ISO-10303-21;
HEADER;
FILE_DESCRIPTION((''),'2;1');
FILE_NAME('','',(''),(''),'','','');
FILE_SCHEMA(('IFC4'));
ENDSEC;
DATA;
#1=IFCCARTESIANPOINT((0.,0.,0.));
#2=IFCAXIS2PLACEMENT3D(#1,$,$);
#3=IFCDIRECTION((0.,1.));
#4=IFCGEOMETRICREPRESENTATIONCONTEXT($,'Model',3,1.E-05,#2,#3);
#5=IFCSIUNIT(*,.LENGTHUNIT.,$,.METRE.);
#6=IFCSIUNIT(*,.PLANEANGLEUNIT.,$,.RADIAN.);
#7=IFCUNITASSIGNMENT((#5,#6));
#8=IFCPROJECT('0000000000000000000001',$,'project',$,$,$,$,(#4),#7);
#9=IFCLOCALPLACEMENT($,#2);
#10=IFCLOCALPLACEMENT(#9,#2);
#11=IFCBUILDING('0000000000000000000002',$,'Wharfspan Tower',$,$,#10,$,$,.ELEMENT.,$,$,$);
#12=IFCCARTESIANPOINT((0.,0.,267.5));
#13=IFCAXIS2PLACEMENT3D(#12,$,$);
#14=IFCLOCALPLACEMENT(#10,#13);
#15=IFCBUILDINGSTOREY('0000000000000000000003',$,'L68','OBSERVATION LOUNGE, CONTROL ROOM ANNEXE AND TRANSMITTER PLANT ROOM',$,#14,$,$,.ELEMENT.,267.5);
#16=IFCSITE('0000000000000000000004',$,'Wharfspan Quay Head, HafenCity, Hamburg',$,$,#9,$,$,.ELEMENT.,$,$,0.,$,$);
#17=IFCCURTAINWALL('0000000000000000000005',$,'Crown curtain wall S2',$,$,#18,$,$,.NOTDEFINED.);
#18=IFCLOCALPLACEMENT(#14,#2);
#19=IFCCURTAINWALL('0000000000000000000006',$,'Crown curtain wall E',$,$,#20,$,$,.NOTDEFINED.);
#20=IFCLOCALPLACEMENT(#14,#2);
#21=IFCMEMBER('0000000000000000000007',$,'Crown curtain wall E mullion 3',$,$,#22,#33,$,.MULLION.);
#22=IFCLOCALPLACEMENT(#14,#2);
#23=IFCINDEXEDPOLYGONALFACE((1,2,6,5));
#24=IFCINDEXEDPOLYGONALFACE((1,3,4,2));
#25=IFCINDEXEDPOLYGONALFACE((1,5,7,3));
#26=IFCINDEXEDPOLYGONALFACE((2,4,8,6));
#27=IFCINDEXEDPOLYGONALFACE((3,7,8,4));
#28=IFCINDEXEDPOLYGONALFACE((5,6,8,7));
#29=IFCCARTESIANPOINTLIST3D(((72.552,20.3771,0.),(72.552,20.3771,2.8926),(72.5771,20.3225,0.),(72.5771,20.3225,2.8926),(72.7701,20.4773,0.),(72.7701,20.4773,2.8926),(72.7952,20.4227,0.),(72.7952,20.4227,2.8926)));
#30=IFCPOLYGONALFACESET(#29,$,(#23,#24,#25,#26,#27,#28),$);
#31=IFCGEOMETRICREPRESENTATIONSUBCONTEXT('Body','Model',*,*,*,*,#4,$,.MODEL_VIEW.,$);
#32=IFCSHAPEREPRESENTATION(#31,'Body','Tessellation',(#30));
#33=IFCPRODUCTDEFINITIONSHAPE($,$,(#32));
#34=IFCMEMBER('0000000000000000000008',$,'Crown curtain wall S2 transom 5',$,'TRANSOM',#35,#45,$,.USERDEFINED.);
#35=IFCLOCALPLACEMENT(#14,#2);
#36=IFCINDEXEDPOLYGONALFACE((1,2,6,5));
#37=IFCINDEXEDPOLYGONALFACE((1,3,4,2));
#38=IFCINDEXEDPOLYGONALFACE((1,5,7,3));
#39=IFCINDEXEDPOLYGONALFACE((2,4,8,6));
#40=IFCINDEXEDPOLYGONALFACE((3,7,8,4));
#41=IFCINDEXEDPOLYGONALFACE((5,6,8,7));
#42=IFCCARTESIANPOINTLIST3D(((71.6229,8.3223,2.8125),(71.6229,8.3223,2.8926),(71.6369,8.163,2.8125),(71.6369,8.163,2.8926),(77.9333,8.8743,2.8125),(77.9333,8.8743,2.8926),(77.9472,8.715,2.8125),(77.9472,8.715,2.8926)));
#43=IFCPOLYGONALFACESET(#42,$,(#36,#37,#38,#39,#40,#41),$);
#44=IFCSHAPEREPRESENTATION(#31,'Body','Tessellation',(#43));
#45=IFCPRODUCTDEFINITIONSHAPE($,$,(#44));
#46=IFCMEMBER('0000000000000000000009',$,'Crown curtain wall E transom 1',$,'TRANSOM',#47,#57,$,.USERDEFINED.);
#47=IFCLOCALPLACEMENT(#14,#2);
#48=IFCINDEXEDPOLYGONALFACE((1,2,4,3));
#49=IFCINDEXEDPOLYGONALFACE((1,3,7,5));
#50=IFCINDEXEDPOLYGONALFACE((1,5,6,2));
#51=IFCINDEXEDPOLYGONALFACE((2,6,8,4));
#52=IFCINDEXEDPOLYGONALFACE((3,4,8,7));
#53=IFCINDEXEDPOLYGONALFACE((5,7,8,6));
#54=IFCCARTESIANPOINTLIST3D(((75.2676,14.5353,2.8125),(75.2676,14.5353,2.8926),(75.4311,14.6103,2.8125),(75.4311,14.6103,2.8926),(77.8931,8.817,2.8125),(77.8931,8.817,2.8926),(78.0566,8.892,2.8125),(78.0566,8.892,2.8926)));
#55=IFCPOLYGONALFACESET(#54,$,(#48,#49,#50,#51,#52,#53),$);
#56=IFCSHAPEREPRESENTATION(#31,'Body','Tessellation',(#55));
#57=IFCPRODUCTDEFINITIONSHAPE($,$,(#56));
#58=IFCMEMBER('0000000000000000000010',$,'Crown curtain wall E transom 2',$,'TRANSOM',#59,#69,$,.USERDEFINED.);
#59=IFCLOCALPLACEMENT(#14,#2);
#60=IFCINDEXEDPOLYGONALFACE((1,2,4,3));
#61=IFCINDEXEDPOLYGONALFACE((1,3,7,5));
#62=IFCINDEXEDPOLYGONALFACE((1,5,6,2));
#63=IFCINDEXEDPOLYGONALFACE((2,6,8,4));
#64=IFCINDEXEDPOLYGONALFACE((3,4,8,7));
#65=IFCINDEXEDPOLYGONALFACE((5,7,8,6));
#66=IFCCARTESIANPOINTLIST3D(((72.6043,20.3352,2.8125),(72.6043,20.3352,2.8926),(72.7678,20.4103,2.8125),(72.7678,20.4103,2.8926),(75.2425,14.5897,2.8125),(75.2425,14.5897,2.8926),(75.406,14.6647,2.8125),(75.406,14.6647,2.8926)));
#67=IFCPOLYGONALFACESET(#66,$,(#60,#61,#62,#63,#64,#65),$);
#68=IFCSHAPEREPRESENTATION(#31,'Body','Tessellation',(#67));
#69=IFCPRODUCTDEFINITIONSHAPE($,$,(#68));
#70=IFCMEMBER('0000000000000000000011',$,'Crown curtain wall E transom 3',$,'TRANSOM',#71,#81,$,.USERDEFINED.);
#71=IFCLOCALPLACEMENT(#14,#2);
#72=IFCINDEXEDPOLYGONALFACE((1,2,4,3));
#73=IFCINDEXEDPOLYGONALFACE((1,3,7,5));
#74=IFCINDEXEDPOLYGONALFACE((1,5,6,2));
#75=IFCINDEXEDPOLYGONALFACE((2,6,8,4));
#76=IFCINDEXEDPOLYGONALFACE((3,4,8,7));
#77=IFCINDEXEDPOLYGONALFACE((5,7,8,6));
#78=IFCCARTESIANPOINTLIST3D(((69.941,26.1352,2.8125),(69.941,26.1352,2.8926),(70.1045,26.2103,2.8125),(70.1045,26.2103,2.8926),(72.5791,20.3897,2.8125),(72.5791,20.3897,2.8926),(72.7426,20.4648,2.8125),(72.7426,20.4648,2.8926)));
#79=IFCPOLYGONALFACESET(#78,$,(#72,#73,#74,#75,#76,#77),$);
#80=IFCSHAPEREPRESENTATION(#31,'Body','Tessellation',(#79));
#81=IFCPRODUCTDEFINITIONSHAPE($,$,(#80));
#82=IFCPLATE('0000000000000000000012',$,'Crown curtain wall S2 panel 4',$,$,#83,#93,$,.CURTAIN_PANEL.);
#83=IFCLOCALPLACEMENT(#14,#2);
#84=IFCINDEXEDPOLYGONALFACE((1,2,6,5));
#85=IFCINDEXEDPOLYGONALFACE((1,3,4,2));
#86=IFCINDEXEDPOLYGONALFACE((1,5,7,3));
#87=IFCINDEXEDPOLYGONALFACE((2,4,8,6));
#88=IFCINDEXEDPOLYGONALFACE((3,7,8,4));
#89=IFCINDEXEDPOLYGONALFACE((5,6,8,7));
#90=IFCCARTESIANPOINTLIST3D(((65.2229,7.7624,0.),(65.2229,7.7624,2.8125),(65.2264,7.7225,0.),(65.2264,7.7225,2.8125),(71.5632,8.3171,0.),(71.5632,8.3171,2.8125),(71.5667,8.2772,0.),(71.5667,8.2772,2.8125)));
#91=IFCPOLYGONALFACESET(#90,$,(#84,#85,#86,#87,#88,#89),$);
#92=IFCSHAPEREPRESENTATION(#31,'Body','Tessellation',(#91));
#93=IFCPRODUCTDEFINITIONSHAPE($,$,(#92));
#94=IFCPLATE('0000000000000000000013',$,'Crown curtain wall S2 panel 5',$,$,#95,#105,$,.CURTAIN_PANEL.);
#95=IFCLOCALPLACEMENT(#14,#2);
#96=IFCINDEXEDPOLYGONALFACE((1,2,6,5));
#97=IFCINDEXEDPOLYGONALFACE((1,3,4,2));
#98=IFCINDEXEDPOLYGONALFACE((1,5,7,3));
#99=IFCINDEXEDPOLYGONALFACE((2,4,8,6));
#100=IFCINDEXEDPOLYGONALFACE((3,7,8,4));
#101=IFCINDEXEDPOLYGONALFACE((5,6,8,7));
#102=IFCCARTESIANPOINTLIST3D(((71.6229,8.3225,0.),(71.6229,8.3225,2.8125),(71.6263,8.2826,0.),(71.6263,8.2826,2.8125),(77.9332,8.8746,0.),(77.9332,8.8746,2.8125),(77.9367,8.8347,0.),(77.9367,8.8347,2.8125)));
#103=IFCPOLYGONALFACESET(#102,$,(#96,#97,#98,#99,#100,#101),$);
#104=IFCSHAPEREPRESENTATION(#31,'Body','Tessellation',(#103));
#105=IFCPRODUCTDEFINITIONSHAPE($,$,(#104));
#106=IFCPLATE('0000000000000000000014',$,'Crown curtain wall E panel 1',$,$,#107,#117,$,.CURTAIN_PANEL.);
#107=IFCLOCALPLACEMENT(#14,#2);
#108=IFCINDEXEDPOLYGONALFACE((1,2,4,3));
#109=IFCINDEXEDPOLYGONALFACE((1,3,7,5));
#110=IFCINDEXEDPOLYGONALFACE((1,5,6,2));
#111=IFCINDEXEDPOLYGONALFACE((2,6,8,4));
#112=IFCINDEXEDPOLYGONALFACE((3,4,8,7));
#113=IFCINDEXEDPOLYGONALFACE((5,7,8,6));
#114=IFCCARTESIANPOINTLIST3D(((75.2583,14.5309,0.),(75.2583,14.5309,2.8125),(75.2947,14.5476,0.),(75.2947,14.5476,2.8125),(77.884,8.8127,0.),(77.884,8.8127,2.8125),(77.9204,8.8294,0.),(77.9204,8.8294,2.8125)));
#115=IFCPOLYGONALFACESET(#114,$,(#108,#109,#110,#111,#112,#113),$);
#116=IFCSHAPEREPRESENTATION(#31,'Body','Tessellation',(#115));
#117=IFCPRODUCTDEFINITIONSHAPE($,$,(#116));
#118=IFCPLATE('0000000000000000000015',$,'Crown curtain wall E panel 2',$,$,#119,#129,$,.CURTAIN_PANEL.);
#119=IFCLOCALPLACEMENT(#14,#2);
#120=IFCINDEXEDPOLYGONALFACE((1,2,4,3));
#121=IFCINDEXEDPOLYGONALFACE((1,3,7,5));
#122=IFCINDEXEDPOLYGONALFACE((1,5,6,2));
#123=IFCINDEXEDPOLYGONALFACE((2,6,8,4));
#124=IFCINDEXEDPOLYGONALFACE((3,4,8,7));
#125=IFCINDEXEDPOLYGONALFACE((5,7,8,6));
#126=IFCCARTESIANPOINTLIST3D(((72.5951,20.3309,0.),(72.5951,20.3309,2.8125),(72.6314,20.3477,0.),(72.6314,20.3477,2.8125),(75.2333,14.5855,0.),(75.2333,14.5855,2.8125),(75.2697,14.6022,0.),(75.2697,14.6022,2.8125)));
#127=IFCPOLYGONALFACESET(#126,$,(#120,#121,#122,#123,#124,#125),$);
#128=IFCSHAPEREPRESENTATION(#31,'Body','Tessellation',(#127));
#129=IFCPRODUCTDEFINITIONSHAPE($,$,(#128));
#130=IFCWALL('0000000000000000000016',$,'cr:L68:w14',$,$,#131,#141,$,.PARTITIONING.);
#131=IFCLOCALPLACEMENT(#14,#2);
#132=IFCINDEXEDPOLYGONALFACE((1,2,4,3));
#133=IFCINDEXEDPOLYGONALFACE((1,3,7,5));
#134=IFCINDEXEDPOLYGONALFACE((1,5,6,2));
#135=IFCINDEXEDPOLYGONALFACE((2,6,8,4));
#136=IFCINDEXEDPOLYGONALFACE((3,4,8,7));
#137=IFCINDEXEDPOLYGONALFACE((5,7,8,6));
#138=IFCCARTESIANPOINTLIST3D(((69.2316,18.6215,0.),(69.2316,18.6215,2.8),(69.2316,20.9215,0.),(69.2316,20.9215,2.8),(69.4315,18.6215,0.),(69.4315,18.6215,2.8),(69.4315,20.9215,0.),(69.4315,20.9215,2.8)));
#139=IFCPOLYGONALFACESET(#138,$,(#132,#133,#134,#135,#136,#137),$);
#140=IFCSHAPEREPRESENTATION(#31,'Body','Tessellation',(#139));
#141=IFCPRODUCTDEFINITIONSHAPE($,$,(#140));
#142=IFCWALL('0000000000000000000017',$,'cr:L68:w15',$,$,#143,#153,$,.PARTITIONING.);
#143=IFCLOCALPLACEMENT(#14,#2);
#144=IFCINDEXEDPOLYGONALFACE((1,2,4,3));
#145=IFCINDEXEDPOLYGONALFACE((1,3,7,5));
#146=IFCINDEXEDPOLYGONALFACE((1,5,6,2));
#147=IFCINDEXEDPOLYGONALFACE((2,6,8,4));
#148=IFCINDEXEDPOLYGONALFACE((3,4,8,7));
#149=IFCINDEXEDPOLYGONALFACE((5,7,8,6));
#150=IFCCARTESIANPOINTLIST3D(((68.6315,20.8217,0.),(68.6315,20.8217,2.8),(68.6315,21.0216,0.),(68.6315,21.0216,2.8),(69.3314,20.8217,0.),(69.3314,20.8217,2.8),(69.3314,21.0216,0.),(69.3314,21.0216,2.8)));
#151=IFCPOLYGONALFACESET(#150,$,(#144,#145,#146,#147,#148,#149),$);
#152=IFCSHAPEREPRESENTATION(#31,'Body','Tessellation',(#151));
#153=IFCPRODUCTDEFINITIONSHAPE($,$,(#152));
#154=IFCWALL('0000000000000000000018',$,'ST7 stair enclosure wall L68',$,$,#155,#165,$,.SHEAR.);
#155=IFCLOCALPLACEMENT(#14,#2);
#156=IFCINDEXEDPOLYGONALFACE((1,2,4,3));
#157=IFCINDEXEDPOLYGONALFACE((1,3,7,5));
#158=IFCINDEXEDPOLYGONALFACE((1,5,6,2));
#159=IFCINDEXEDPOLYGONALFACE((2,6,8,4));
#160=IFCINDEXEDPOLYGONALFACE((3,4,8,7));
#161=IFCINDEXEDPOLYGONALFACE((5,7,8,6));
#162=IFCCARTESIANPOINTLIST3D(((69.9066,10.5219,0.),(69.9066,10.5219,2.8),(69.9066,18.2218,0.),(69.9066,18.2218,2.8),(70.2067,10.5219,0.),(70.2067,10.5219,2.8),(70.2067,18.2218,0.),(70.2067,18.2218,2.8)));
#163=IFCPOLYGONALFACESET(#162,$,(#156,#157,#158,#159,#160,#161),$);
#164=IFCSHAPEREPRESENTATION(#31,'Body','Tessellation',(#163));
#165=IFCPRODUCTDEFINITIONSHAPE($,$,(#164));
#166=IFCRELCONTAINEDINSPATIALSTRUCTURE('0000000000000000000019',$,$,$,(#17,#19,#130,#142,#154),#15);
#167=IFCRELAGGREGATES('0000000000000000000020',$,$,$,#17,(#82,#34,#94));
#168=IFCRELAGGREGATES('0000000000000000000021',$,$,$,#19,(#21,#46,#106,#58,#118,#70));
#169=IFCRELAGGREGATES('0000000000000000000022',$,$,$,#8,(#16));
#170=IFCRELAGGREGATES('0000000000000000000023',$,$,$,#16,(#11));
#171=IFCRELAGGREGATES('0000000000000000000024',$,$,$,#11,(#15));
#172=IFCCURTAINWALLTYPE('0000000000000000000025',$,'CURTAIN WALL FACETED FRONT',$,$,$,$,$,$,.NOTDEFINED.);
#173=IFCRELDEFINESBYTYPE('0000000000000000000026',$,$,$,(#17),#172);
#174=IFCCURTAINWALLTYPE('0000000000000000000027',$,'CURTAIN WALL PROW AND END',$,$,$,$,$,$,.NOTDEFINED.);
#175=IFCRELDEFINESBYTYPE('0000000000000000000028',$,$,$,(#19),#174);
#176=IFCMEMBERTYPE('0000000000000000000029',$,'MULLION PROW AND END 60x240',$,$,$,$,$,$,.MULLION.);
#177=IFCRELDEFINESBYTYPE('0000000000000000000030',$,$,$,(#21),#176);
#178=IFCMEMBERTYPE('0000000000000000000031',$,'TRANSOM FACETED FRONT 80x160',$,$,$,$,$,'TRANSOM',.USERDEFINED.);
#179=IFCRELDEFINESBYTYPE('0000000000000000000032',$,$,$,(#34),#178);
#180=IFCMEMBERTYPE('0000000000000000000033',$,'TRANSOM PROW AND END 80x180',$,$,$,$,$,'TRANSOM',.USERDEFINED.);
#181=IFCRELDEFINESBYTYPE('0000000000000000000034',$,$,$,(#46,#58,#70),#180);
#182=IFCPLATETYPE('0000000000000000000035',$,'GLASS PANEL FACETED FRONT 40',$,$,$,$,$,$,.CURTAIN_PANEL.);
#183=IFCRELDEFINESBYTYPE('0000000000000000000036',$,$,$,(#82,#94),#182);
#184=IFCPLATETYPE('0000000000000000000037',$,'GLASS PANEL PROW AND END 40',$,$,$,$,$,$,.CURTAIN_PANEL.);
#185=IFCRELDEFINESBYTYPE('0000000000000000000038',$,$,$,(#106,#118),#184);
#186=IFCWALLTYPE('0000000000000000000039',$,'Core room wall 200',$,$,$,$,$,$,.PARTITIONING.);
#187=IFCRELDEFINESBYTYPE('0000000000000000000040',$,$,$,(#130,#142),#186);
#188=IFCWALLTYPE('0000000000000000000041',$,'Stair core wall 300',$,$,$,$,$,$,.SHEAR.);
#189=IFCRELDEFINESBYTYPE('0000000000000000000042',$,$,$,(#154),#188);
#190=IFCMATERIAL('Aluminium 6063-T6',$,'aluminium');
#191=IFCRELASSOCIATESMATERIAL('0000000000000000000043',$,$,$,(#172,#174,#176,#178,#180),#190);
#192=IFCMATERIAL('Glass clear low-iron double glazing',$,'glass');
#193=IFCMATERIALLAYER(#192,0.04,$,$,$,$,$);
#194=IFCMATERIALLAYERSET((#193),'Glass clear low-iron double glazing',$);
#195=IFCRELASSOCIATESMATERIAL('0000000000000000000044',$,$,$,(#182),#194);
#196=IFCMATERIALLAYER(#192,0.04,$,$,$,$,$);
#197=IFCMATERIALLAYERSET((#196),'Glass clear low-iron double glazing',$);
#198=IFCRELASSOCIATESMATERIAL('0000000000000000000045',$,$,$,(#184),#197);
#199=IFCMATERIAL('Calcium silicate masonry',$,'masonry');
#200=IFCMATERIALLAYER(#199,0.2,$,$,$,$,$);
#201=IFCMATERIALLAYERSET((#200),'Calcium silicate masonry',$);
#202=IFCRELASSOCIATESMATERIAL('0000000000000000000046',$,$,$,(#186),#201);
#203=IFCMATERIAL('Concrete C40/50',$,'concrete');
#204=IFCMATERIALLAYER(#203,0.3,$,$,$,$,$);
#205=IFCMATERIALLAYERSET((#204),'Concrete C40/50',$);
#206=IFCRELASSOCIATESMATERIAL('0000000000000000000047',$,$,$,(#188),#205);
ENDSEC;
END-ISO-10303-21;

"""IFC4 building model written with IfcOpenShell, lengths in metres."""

from ifc_helpers import new_model, si_unit, direction, frame, frame_2d, origin, origin_2d, place, context, subcontext, project, spatial, rectangle, extrude, material, layer, layer_set, material_profile, profile_set, type_object, element, aggregate, save


model = new_model("IFC4")

# Units and contexts
model_context = context("Model", 3, precision=1e-05, world=origin(), true_north=direction((0.0, 1.0)))
body_context = subcontext(model_context, "Body", "Model", "MODEL_VIEW")
ifc_project = project(units=[si_unit("LENGTHUNIT", "METRE"), si_unit("PLANEANGLEUNIT", "RADIAN")], contexts=[model_context])

# Site, building, storey
site_placement = place(None, origin())
site = spatial("IfcSite", under=ifc_project, at=site_placement, Name="Wharfspan Quay Head, HafenCity, Hamburg", CompositionType="ELEMENT", RefElevation=0.0)
building_placement = place(site_placement, origin())
building = spatial("IfcBuilding", under=site, at=building_placement, Name="Wharfspan Tower", CompositionType="ELEMENT")
storey_placement = place(building_placement, frame((0.0, 0.0, 267.5)))
storey = spatial("IfcBuildingStorey", under=building, at=storey_placement, Name="L68", Description="OBSERVATION LOUNGE, CONTROL ROOM ANNEXE AND TRANSMITTER PLANT ROOM", CompositionType="ELEMENT", Elevation=267.5)

# Curtain walls, member
ifc_material_1 = material(Name="Aluminium 6063-T6", Category="aluminium")
curtain_wall_type_1 = type_object("IfcCurtainWallType", Name="CURTAIN WALL FACETED FRONT", PredefinedType="NOTDEFINED", material=ifc_material_1)
curtain_wall_1_placement = place(storey_placement, origin())
curtain_wall_1 = element("IfcCurtainWall", 1, at=curtain_wall_1_placement, inside=storey, type_object=curtain_wall_type_1, Name="Crown curtain wall S2", PredefinedType="NOTDEFINED")
curtain_wall_type_2 = type_object("IfcCurtainWallType", Name="CURTAIN WALL PROW AND END", PredefinedType="NOTDEFINED", material=ifc_material_1)
curtain_wall_2_placement = place(storey_placement, origin())
curtain_wall_2 = element("IfcCurtainWall", 2, at=curtain_wall_2_placement, inside=storey, type_object=curtain_wall_type_2, Name="Crown curtain wall E", PredefinedType="NOTDEFINED")
ifc_material_profile_1 = material_profile(ifc_material_1, rectangle(XDim=0.24, YDim=0.0601, at=origin_2d()))
ifc_profile_set_1 = profile_set([ifc_material_profile_1], Name="Aluminium 6063-T6")
member_type_1 = type_object("IfcMemberType", Name="MULLION PROW AND END 60x240", PredefinedType="MULLION", material=ifc_profile_set_1)
member_1_placement = place(storey_placement, frame((72.6736, 20.3999, 0.0), z_axis=(0.0, 0.0, 1.0), x_axis=(-0.908769, -0.417292, 0.0)))
member_1 = element("IfcMember", 3, at=member_1_placement, type_object=member_type_1, Name="Crown curtain wall E mullion 3", PredefinedType="MULLION", context=body_context, shape_type="SweptSolid", body=[
    extrude(rectangle(XDim=0.24, YDim=0.0601, at=origin_2d()), origin(), (0.0, 0.0, 1.0), 2.8926),
])

# Members
ifc_material_profile_2 = material_profile(ifc_material_1, rectangle(XDim=0.1599, YDim=0.0801, at=origin_2d()))
ifc_profile_set_2 = profile_set([ifc_material_profile_2], Name="Aluminium 6063-T6")
member_type_2 = type_object("IfcMemberType", Name="TRANSOM FACETED FRONT 80x160", ElementType="TRANSOM", PredefinedType="USERDEFINED", material=ifc_profile_set_2)
member_2_placement = place(storey_placement, frame((71.6299, 8.2427, 2.8525), z_axis=(0.996196, 0.087144, 0.0), x_axis=(-0.087144, 0.996196, 0.0)))
member_2 = element("IfcMember", 4, at=member_2_placement, type_object=member_type_2, Name="Crown curtain wall S2 transom 5", ObjectType="TRANSOM", PredefinedType="USERDEFINED", context=body_context, shape_type="SweptSolid", body=[
    extrude(rectangle(XDim=0.1599, YDim=0.0801, at=origin_2d()), origin(), (0.0, 0.0, 1.0), 6.3345),
])
ifc_material_profile_3 = material_profile(ifc_material_1, rectangle(XDim=0.1799, YDim=0.0801, at=origin_2d()))
ifc_profile_set_3 = profile_set([ifc_material_profile_3], Name="Aluminium 6063-T6")
member_type_3 = type_object("IfcMemberType", Name="TRANSOM PROW AND END 80x180", ElementType="TRANSOM", PredefinedType="USERDEFINED", material=ifc_profile_set_3)
member_3_placement = place(storey_placement, frame((77.9749, 8.8545, 2.8525), z_axis=(-0.417261, 0.908787, 0.0), x_axis=(-0.908787, -0.417261, 0.0)))
member_3 = element("IfcMember", 5, at=member_3_placement, type_object=member_type_3, Name="Crown curtain wall E transom 1", ObjectType="TRANSOM", PredefinedType="USERDEFINED", context=body_context, shape_type="SweptSolid", body=[
    extrude(rectangle(XDim=0.1799, YDim=0.0801, at=origin_2d()), origin(), (0.0, 0.0, 1.0), 6.2922),
])
member_4_placement = place(storey_placement, frame((75.3242, 14.6272, 2.8525), z_axis=(-0.41728, 0.908778, 0.0), x_axis=(-0.908778, -0.41728, 0.0)))
member_4 = element("IfcMember", 6, at=member_4_placement, type_object=member_type_3, Name="Crown curtain wall E transom 2", ObjectType="TRANSOM", PredefinedType="USERDEFINED", context=body_context, shape_type="SweptSolid", body=[
    extrude(rectangle(XDim=0.1799, YDim=0.0801, at=origin_2d()), origin(), (0.0, 0.0, 1.0), 6.3223),
])
member_5_placement = place(storey_placement, frame((72.6609, 20.4272, 2.8525), z_axis=(-0.41728, 0.908778, 0.0), x_axis=(-0.908778, -0.41728, 0.0)))
member_5 = element("IfcMember", 7, at=member_5_placement, type_object=member_type_3, Name="Crown curtain wall E transom 3", ObjectType="TRANSOM", PredefinedType="USERDEFINED", context=body_context, shape_type="SweptSolid", body=[
    extrude(rectangle(XDim=0.1799, YDim=0.0801, at=origin_2d()), origin(), (0.0, 0.0, 1.0), 6.3223),
])

# Plates
ifc_material_2 = material(Name="Glass clear low-iron double glazing", Category="glass")
ifc_layer_1 = layer(ifc_material_2, 0.04)
ifc_layer_set_1 = layer_set([ifc_layer_1], Name="Glass clear low-iron double glazing")
plate_type_1 = type_object("IfcPlateType", Name="GLASS PANEL FACETED FRONT 40", PredefinedType="CURTAIN_PANEL", material=ifc_layer_set_1)
plate_1_placement = place(storey_placement, frame((68.3948, 8.0198, 0.0), z_axis=(0.0, 0.0, 1.0), x_axis=(0.996198, 0.087156, 0.0)))
plate_1 = element("IfcPlate", 8, at=plate_1_placement, type_object=plate_type_1, Name="Crown curtain wall S2 panel 4", PredefinedType="CURTAIN_PANEL", context=body_context, shape_type="SweptSolid", body=[
    extrude(rectangle(XDim=6.3645, YDim=0.04, at=origin_2d()), origin(), (0.0, 0.0, 1.0), 2.8125),
])
plate_2_placement = place(storey_placement, frame((74.7798, 8.5786, 0.0), z_axis=(0.0, 0.0, 1.0), x_axis=(0.996198, 0.087156, 0.0)))
plate_2 = element("IfcPlate", 9, at=plate_2_placement, type_object=plate_type_1, Name="Crown curtain wall S2 panel 5", PredefinedType="CURTAIN_PANEL", context=body_context, shape_type="SweptSolid", body=[
    extrude(rectangle(XDim=6.3345, YDim=0.04, at=origin_2d()), origin(), (0.0, 0.0, 1.0), 2.8125),
])
aggregate(curtain_wall_1, [plate_1, member_2, plate_2])
ifc_layer_2 = layer(ifc_material_2, 0.04)
ifc_layer_set_2 = layer_set([ifc_layer_2], Name="Glass clear low-iron double glazing")
plate_type_2 = type_object("IfcPlateType", Name="GLASS PANEL PROW AND END 40", PredefinedType="CURTAIN_PANEL", material=ifc_layer_set_2)
plate_3_placement = place(storey_placement, frame((76.5894, 11.6802, 0.0), z_axis=(0.0, 0.0, 1.0), x_axis=(-0.417292, 0.908769, 0.0)))
plate_3 = element("IfcPlate", 10, at=plate_3_placement, type_object=plate_type_2, Name="Crown curtain wall E panel 1", PredefinedType="CURTAIN_PANEL", context=body_context, shape_type="SweptSolid", body=[
    extrude(rectangle(XDim=6.2922, YDim=0.04, at=origin_2d()), origin(), (0.0, 0.0, 1.0), 2.8125),
])
plate_4_placement = place(storey_placement, frame((73.9324, 17.4666, 0.0), z_axis=(0.0, 0.0, 1.0), x_axis=(-0.417292, 0.908769, 0.0)))
plate_4 = element("IfcPlate", 11, at=plate_4_placement, type_object=plate_type_2, Name="Crown curtain wall E panel 2", PredefinedType="CURTAIN_PANEL", context=body_context, shape_type="SweptSolid", body=[
    extrude(rectangle(XDim=6.3223, YDim=0.04, at=origin_2d()), origin(), (0.0, 0.0, 1.0), 2.8125),
])
aggregate(curtain_wall_2, [member_1, member_3, plate_3, member_4, plate_4, member_5])

# Walls
ifc_material_3 = material(Name="Calcium silicate masonry", Category="masonry")
ifc_layer_3 = layer(ifc_material_3, 0.2)
ifc_layer_set_3 = layer_set([ifc_layer_3], Name="Calcium silicate masonry")
wall_type_1 = type_object("IfcWallType", Name="Core room wall 200", PredefinedType="PARTITIONING", material=ifc_layer_set_3)
wall_1_placement = place(storey_placement, frame((69.3315, 18.6216, 0.0), z_axis=(0.0, 0.0, 1.0), x_axis=(0.0, 1.0, 0.0)))
element("IfcWall", 12, at=wall_1_placement, inside=storey, type_object=wall_type_1, Name="cr:L68:w14", PredefinedType="PARTITIONING", context=body_context, shape_type="SweptSolid", body=[
    extrude(rectangle(XDim=2.3, YDim=0.2, at=frame_2d((1.1499, 0.0))), origin(), (0.0, 0.0, 1.0), 2.8),
])
wall_2_placement = place(storey_placement, frame((69.3315, 20.9216, 0.0), z_axis=(0.0, 0.0, 1.0), x_axis=(-1.0, 0.0, 0.0)))
element("IfcWall", 13, at=wall_2_placement, inside=storey, type_object=wall_type_1, Name="cr:L68:w15", PredefinedType="PARTITIONING", context=body_context, shape_type="SweptSolid", body=[
    extrude(rectangle(XDim=0.7, YDim=0.2, at=frame_2d((0.3501, 0.0))), origin(), (0.0, 0.0, 1.0), 2.8),
])
ifc_material_4 = material(Name="Concrete C40/50", Category="concrete")
ifc_layer_4 = layer(ifc_material_4, 0.3)
ifc_layer_set_4 = layer_set([ifc_layer_4], Name="Concrete C40/50")
wall_type_2 = type_object("IfcWallType", Name="Stair core wall 300", PredefinedType="SHEAR", material=ifc_layer_set_4)
wall_3_placement = place(storey_placement, frame((70.0566, 10.5217, 0.0), z_axis=(0.0, 0.0, 1.0), x_axis=(0.0, 1.0, 0.0)))
element("IfcWall", 14, at=wall_3_placement, inside=storey, type_object=wall_type_2, Name="ST7 stair enclosure wall L68", PredefinedType="SHEAR", context=body_context, shape_type="SweptSolid", body=[
    extrude(rectangle(XDim=7.7, YDim=0.3, at=frame_2d((3.8501, 0.0))), origin(), (0.0, 0.0, 1.0), 2.8),
])

save(model, "model.ifc")
